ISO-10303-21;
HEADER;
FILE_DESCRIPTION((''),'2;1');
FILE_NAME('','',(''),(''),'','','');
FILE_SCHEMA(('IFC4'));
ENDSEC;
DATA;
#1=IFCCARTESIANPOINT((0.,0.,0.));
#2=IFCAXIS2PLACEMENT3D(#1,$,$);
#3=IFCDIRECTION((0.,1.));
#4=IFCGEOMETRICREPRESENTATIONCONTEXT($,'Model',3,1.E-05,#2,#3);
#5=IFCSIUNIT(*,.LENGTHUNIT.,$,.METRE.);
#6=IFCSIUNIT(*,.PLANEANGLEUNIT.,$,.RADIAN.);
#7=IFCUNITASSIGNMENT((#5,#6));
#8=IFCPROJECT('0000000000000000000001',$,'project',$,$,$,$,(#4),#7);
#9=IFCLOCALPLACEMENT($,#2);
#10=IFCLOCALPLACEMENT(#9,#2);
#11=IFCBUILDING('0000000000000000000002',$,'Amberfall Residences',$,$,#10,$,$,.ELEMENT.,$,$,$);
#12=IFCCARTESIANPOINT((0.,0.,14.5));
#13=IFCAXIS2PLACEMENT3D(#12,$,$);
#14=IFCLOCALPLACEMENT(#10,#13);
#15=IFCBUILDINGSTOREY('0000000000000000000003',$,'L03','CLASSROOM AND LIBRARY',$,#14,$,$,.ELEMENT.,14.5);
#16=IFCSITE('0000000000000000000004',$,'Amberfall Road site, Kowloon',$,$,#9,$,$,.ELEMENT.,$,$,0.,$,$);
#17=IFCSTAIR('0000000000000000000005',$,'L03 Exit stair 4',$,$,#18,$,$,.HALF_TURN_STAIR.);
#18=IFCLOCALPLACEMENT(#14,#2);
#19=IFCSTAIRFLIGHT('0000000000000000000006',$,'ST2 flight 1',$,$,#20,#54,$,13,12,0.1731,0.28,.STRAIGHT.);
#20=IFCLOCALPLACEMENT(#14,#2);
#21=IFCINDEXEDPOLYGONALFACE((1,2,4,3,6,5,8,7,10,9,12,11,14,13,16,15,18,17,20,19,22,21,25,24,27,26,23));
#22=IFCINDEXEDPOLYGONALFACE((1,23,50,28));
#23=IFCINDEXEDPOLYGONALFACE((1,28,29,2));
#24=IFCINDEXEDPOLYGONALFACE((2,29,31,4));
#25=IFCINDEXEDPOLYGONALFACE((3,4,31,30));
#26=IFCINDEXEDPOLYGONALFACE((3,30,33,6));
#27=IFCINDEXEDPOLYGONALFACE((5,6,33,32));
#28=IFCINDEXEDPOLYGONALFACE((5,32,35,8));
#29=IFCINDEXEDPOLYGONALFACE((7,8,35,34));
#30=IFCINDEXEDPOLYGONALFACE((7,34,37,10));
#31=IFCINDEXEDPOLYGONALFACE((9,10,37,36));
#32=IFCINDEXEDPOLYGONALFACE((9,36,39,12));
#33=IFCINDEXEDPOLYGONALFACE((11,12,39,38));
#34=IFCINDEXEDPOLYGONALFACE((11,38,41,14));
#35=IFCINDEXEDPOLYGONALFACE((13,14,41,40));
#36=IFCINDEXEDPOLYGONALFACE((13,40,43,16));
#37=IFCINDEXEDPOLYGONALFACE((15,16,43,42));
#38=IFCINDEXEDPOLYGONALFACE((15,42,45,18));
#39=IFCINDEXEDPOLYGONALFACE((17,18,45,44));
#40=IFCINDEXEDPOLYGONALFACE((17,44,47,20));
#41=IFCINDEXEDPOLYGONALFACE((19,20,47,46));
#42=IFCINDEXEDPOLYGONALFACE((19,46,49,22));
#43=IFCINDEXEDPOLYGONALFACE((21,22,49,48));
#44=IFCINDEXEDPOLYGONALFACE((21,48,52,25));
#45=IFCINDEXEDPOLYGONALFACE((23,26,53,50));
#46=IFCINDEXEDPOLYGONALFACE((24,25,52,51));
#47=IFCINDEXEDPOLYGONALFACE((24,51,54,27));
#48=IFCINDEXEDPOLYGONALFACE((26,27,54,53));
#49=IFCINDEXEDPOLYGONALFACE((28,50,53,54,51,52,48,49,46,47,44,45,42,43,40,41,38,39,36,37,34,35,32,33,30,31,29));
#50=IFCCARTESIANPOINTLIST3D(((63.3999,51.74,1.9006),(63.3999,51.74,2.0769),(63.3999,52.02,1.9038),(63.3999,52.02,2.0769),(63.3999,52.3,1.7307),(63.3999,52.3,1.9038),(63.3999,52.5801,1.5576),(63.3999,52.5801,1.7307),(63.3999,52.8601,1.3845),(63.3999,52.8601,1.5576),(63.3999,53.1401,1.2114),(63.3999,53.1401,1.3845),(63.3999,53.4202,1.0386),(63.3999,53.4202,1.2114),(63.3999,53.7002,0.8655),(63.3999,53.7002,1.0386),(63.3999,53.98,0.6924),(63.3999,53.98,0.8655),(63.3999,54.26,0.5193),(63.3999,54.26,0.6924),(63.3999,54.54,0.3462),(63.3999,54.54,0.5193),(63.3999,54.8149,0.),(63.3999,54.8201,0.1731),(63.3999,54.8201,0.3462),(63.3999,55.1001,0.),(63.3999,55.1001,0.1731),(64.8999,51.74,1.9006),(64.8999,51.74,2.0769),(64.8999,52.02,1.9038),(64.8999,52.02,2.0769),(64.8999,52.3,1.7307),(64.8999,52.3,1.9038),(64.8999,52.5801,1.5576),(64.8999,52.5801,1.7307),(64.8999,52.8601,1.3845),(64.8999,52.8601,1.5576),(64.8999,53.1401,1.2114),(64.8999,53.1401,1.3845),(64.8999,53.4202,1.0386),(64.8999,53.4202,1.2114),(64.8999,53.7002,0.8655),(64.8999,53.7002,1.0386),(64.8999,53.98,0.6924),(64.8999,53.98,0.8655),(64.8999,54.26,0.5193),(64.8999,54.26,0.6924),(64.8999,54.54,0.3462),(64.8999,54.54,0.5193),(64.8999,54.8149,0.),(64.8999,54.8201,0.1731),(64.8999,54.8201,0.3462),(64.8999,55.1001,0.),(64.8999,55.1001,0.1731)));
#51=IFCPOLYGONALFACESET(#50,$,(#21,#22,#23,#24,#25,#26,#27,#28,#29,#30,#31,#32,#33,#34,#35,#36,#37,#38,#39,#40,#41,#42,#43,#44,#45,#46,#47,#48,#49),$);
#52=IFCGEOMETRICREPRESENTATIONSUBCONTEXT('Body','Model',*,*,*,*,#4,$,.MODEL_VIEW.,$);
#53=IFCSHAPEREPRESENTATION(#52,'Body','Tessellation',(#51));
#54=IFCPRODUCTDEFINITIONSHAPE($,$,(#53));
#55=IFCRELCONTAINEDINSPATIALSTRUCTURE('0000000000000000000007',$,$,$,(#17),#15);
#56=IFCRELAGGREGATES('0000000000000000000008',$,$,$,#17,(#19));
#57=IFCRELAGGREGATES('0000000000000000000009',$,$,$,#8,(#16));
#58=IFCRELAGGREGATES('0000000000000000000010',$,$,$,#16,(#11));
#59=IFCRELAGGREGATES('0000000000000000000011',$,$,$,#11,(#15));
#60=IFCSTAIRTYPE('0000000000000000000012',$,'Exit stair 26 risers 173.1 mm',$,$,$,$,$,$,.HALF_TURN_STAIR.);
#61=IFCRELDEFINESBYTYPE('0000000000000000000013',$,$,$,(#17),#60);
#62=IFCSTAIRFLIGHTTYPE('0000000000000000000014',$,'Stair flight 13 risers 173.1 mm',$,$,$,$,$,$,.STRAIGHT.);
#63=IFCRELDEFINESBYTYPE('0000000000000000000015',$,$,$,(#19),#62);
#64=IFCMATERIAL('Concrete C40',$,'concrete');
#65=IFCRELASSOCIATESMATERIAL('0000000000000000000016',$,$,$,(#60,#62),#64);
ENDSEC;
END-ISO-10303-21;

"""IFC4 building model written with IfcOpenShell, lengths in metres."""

from ifc_helpers import new_model, si_unit, direction, frame, origin, place, context, subcontext, project, spatial, polyline, outline, extrude, material, type_object, element, aggregate, save


model = new_model("IFC4")

# Units and contexts
model_context = context("Model", 3, precision=1e-05, world=origin(), true_north=direction((0.0, 1.0)))
body_context = subcontext(model_context, "Body", "Model", "MODEL_VIEW")
ifc_project = project(units=[si_unit("LENGTHUNIT", "METRE"), si_unit("PLANEANGLEUNIT", "RADIAN")], contexts=[model_context])

# Site, building, storey
site_placement = place(None, origin())
site = spatial("IfcSite", under=ifc_project, at=site_placement, Name="Amberfall Road site, Kowloon", CompositionType="ELEMENT", RefElevation=0.0)
building_placement = place(site_placement, origin())
building = spatial("IfcBuilding", under=site, at=building_placement, Name="Amberfall Residences", CompositionType="ELEMENT")
storey_placement = place(building_placement, frame((0.0, 0.0, 14.5)))
storey = spatial("IfcBuildingStorey", under=building, at=storey_placement, Name="L03", Description="CLASSROOM AND LIBRARY", CompositionType="ELEMENT", Elevation=14.5)

# Stair, stair flight
ifc_material_1 = material(Name="Concrete C40", Category="concrete")
stair_type = type_object("IfcStairType", Name="Exit stair 26 risers 173.1 mm", PredefinedType="HALF_TURN_STAIR", material=ifc_material_1)
stair_placement = place(storey_placement, origin())
stair = element("IfcStair", 1, at=stair_placement, inside=storey, type_object=stair_type, Name="L03 Exit stair 4", PredefinedType="HALF_TURN_STAIR")
stair_flight_type = type_object("IfcStairFlightType", Name="Stair flight 13 risers 173.1 mm", PredefinedType="STRAIGHT", material=ifc_material_1)
stair_flight_placement = place(storey_placement, frame((64.1499, 55.1001, 0.0), z_axis=(0.0, 0.0, 1.0), x_axis=(0.0, -1.0, 0.0)))
stair_flight = element("IfcStairFlight", 2, at=stair_flight_placement, type_object=stair_flight_type, Name="ST2 flight 1", NumberOfRisers=13, NumberOfTreads=12, PredefinedType="STRAIGHT", RiserHeight=0.1731, TreadLength=0.28, context=body_context, shape_type="SweptSolid", body=[
    extrude(outline(polyline([(0.0, 0.0), (0.0, 0.1731), (0.28, 0.1731), (0.28, 0.3462), (0.5601, 0.3462), (0.5601, 0.5193), (0.8401, 0.5193), (0.8401, 0.6924), (1.1201, 0.6924), (1.1201, 0.8655), (1.3999, 0.8655), (1.3999, 1.0386), (1.6799, 1.0386), (1.6799, 1.2114), (1.96, 1.2114), (1.96, 1.3845), (2.24, 1.3845), (2.24, 1.5576), (2.52, 1.5576), (2.52, 1.7307), (2.8, 1.7307), (2.8, 1.9038), (3.0801, 1.9038), (3.0801, 2.0769), (3.3601, 2.0769), (3.3601, 2.25), (3.3601, 1.9006), (0.2852, 0.0), (0.0, 0.0)])), frame((0.0, 0.75, 0.0), z_axis=(0.0, -1.0, 0.0), x_axis=(1.0, 0.0, 0.0)), (0.0, 0.0, 1.0), 1.5),
])
aggregate(stair, [stair_flight])

save(model, "model.ifc")
